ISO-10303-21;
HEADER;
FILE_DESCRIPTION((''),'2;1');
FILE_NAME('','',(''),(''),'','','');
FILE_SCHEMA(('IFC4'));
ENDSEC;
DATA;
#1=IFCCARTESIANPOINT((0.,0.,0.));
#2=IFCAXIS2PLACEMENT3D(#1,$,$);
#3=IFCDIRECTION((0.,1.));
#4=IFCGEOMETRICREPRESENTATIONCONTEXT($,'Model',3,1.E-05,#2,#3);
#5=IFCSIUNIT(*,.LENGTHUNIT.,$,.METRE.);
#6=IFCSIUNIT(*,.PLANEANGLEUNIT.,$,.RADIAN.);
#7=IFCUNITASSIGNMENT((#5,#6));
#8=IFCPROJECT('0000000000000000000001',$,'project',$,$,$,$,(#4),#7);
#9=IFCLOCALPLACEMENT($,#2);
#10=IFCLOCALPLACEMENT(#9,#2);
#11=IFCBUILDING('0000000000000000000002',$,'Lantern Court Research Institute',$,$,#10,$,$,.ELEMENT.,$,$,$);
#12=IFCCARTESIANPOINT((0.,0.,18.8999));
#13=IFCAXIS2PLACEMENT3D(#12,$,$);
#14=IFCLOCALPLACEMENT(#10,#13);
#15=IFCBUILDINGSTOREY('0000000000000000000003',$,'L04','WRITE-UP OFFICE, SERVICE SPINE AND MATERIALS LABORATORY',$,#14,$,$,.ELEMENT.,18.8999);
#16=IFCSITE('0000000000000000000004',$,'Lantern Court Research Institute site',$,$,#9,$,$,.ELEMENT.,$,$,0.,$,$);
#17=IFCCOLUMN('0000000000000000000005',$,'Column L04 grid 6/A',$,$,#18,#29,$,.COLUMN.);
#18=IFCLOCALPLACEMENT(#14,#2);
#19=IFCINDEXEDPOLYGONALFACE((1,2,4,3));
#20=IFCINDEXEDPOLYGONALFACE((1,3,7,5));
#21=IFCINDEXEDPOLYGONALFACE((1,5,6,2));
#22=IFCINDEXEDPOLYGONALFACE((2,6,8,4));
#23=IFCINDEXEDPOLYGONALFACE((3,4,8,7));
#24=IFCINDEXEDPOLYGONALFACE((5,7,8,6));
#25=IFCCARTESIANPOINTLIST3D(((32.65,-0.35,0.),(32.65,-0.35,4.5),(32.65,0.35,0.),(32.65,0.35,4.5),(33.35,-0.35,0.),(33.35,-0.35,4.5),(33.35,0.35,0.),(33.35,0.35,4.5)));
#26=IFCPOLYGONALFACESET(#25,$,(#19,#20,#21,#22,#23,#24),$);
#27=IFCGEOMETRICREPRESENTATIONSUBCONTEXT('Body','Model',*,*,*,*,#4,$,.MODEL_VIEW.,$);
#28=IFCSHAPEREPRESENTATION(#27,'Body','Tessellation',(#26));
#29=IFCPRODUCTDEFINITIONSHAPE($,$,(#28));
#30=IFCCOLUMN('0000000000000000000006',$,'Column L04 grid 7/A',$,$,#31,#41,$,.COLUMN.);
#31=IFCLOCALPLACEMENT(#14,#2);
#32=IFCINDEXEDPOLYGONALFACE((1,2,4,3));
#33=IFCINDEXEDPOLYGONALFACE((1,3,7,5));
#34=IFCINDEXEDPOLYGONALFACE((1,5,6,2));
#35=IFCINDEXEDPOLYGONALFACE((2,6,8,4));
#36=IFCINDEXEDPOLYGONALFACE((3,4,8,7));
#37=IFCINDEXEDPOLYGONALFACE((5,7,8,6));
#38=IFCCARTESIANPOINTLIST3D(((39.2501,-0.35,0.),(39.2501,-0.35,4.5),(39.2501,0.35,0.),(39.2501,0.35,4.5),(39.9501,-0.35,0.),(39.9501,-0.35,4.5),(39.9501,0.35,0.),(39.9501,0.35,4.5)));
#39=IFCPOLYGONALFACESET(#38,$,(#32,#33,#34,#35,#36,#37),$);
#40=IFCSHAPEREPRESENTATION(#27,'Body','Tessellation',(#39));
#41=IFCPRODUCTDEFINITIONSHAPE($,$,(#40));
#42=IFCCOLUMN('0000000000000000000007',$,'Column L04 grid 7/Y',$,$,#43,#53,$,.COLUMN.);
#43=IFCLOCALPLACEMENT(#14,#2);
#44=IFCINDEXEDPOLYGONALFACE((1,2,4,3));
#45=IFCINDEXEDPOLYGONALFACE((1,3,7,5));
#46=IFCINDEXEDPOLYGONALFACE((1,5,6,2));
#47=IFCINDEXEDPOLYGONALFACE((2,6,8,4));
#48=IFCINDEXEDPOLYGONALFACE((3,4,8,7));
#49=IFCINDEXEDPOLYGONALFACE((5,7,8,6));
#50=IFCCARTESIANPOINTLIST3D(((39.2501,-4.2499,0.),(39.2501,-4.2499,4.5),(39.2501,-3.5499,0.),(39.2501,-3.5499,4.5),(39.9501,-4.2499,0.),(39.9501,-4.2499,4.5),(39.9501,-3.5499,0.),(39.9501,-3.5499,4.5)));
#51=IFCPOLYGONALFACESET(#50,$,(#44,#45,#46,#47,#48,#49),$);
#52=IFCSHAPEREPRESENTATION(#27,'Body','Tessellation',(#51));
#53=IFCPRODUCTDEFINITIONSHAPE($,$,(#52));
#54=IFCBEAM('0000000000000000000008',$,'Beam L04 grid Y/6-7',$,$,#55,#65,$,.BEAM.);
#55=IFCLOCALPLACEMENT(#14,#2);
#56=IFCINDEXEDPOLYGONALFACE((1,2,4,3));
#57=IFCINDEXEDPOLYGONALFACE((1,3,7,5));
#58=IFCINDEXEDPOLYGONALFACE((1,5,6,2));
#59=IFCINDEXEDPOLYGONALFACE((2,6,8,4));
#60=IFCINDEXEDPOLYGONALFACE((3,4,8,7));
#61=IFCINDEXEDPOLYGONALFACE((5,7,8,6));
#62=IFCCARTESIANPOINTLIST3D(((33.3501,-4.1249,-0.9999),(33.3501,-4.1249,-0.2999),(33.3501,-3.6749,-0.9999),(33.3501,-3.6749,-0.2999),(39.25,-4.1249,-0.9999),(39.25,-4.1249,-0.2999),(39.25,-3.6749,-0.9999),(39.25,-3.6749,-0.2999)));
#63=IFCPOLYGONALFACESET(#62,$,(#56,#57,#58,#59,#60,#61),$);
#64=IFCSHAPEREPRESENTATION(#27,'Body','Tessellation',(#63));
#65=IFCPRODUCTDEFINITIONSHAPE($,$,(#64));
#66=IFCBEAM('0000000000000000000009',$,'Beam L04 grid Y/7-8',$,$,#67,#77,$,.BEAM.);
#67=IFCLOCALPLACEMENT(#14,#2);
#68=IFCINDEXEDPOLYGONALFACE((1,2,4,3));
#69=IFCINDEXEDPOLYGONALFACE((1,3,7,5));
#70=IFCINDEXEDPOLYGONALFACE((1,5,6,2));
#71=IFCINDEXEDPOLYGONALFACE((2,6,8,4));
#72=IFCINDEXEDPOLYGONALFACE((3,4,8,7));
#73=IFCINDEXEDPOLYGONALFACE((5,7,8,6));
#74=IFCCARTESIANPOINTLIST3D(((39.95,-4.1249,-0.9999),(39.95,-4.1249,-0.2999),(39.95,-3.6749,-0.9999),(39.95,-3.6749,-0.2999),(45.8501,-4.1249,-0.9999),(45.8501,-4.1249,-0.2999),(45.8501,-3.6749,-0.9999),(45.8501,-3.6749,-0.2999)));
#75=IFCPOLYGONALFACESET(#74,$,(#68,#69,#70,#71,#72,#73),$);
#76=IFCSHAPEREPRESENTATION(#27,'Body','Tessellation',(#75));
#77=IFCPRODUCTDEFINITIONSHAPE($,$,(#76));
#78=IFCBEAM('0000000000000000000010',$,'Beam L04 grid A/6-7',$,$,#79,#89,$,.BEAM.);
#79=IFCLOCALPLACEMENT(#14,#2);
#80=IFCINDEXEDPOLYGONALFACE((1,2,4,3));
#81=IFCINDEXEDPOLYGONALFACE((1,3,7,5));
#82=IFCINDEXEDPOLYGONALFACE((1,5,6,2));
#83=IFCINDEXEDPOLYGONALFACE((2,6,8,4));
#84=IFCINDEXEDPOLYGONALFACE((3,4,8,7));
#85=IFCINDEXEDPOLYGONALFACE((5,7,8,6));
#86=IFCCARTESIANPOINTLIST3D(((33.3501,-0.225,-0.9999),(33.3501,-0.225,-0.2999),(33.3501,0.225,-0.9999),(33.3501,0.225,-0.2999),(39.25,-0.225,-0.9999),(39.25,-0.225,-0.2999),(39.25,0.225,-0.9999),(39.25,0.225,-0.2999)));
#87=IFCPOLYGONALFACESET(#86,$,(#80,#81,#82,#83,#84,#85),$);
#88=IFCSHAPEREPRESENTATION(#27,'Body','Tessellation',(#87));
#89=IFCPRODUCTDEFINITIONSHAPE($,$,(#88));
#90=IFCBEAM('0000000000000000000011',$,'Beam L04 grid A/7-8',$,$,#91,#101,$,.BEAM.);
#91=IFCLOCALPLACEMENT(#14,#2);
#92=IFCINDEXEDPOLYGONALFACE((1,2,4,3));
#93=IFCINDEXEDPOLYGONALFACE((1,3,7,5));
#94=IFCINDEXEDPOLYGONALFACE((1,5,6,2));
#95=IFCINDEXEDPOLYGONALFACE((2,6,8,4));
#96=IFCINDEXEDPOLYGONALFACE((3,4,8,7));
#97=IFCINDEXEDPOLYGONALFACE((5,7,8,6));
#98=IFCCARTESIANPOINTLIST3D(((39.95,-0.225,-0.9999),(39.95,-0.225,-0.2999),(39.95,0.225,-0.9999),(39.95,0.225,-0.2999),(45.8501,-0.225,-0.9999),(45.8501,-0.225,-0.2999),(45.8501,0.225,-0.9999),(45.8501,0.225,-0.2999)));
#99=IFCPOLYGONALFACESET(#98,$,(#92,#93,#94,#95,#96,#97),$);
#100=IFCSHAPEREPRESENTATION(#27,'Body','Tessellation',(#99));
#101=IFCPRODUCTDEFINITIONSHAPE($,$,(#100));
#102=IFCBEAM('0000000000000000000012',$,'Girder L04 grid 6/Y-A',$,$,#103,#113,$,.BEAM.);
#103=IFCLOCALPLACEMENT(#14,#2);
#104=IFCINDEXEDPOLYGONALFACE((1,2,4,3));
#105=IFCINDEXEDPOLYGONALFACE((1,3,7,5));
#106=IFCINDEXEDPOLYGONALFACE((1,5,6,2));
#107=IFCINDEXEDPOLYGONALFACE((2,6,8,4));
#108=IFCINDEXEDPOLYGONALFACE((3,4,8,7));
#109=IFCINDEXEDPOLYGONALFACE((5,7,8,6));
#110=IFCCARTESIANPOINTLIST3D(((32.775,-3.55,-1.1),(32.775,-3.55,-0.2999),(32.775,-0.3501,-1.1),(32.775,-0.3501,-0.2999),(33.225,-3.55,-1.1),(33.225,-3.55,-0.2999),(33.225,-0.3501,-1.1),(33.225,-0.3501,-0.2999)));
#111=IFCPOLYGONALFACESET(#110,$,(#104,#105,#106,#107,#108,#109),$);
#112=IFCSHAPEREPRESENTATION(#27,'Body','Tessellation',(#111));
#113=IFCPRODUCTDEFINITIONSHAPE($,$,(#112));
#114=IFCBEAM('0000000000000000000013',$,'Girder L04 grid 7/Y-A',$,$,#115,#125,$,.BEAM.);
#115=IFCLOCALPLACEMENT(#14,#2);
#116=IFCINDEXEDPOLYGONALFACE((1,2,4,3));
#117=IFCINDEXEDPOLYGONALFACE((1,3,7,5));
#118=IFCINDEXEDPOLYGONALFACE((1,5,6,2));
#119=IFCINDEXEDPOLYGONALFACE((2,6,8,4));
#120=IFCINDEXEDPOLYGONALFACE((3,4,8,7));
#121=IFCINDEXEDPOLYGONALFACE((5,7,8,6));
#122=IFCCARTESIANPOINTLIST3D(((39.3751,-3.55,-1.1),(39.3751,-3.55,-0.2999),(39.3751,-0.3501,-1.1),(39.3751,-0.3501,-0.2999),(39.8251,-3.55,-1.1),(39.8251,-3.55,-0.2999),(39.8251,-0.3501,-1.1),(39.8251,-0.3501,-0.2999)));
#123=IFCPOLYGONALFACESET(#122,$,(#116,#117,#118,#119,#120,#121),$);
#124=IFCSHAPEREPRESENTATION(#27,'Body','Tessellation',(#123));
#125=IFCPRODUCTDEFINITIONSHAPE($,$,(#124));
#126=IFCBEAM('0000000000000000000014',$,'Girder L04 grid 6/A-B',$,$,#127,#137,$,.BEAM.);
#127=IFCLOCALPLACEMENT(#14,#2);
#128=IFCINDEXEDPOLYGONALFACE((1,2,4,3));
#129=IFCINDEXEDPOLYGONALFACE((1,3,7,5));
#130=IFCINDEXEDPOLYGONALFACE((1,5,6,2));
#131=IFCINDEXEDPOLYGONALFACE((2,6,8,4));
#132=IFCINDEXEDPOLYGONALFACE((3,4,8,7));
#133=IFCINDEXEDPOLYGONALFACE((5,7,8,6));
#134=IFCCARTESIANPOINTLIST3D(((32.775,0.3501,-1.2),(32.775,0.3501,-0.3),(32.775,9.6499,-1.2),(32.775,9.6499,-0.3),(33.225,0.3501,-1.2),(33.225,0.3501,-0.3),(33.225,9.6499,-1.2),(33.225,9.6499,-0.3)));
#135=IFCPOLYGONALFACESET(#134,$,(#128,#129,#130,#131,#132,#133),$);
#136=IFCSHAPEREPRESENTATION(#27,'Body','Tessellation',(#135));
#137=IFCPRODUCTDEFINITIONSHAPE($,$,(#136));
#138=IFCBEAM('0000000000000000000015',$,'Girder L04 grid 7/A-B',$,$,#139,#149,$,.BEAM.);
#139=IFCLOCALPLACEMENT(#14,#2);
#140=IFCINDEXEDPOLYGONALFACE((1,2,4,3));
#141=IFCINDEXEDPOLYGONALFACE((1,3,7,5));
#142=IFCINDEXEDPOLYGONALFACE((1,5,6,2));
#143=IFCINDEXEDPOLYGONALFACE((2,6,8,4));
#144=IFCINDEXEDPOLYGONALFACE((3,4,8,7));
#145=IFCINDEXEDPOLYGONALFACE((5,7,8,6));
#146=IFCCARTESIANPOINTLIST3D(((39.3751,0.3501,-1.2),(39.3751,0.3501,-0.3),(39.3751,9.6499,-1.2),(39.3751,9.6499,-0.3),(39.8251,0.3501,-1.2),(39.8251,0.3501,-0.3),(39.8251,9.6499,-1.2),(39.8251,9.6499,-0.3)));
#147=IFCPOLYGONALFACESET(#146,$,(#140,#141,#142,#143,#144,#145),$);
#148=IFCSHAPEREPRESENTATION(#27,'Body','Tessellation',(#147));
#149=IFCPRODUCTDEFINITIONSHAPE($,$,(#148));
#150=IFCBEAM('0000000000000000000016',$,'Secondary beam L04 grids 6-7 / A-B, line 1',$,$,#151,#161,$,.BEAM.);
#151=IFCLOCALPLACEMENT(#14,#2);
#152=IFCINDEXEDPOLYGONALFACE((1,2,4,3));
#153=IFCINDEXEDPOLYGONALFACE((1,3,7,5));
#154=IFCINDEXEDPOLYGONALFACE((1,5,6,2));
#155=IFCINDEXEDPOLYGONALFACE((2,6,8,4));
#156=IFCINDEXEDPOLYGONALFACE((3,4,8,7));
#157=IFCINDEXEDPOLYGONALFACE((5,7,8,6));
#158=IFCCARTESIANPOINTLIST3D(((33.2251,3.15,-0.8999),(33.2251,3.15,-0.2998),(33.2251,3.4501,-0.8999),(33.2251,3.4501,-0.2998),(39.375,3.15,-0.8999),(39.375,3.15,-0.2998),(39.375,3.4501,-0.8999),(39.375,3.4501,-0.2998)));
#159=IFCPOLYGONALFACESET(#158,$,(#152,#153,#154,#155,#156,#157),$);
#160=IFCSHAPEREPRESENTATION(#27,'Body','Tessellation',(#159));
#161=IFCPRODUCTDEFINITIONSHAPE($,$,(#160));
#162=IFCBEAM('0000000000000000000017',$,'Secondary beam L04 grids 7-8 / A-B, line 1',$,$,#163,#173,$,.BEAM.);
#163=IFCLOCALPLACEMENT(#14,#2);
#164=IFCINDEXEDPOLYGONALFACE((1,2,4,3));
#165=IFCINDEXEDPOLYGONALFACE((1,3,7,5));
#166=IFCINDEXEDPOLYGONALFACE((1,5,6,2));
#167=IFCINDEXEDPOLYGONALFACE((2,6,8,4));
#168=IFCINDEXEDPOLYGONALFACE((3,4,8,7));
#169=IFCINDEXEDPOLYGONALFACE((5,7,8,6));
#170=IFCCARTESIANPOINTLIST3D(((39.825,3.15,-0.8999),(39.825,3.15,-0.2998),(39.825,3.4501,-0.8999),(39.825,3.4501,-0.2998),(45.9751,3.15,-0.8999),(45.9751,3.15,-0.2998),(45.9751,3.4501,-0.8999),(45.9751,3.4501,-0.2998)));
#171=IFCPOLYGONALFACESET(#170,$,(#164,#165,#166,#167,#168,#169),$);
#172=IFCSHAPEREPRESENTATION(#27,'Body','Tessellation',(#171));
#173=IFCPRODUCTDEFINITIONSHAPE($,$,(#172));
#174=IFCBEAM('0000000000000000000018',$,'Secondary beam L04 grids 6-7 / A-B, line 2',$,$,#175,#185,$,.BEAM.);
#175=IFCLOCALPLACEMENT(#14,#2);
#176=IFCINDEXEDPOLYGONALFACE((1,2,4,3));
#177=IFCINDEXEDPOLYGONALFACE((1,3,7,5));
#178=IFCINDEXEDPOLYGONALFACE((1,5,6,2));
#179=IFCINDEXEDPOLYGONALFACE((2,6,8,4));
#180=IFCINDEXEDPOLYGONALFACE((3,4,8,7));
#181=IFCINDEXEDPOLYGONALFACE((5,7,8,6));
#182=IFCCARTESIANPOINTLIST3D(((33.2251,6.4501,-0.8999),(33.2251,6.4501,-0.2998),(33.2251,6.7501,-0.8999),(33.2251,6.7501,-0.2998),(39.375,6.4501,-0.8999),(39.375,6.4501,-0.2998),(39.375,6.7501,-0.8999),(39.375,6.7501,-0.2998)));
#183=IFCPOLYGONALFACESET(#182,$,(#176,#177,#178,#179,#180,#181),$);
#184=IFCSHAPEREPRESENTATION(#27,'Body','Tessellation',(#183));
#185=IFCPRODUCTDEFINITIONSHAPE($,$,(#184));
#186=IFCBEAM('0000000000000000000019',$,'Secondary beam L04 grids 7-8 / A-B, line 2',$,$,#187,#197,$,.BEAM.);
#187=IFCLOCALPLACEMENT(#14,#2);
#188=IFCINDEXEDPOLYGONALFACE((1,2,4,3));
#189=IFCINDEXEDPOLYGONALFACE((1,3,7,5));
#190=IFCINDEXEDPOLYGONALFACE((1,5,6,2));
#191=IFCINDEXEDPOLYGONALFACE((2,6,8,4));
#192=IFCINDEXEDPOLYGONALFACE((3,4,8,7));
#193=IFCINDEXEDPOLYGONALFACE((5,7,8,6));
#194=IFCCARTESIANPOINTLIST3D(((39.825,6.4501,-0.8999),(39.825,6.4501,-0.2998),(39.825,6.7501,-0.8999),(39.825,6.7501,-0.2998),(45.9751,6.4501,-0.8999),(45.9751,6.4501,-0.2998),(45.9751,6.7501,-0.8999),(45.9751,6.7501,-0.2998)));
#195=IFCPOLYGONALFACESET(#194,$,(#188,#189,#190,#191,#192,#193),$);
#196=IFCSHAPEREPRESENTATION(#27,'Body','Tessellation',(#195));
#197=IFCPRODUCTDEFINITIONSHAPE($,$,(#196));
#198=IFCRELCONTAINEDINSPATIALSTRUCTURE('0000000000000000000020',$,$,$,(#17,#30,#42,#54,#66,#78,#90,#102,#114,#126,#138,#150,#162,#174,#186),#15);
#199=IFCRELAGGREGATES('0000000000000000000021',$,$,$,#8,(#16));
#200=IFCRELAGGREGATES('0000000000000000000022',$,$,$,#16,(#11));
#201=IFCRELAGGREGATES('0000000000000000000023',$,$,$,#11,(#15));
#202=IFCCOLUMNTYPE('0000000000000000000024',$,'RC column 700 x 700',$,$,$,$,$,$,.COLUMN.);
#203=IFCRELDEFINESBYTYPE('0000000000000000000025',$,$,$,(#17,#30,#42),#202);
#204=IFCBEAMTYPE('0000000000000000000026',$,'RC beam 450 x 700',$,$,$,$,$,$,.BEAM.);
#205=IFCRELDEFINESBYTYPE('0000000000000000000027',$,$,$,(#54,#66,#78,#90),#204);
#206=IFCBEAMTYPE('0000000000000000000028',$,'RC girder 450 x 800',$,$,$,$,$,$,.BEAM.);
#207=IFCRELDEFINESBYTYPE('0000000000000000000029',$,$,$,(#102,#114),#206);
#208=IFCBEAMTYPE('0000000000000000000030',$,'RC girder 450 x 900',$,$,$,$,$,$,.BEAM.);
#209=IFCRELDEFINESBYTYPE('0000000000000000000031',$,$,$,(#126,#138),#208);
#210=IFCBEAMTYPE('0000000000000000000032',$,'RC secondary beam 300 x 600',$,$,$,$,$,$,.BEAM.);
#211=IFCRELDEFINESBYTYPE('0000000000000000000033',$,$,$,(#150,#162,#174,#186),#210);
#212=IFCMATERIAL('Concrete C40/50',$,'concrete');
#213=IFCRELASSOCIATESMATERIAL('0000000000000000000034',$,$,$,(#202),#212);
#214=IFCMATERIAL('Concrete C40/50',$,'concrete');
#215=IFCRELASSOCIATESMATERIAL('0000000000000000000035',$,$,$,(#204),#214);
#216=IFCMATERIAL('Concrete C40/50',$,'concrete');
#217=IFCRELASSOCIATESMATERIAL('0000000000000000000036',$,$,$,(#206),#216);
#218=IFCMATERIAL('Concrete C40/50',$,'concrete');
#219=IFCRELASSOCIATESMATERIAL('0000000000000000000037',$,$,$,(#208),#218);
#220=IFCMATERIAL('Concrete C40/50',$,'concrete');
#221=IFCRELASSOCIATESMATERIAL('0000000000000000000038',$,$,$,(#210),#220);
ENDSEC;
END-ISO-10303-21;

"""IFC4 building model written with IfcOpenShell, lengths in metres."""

from ifc_helpers import new_model, si_unit, direction, frame, origin, origin_2d, place, context, subcontext, project, spatial, rectangle, extrude, material, material_profile, profile_set, type_object, element, save


model = new_model("IFC4")

# Units and contexts
model_context = context("Model", 3, precision=1e-05, world=origin(), true_north=direction((0.0, 1.0)))
body_context = subcontext(model_context, "Body", "Model", "MODEL_VIEW")
ifc_project = project(units=[si_unit("LENGTHUNIT", "METRE"), si_unit("PLANEANGLEUNIT", "RADIAN")], contexts=[model_context])

# Site, building, storey
site_placement = place(None, origin())
site = spatial("IfcSite", under=ifc_project, at=site_placement, Name="Lantern Court Research Institute site", CompositionType="ELEMENT", RefElevation=0.0)
building_placement = place(site_placement, origin())
building = spatial("IfcBuilding", under=site, at=building_placement, Name="Lantern Court Research Institute", CompositionType="ELEMENT")
storey_placement = place(building_placement, frame((0.0, 0.0, 18.8999)))
storey = spatial("IfcBuildingStorey", under=building, at=storey_placement, Name="L04", Description="WRITE-UP OFFICE, SERVICE SPINE AND MATERIALS LABORATORY", CompositionType="ELEMENT", Elevation=18.8999)

# Columns
ifc_material_1 = material(Name="Concrete C40/50", Category="concrete")
ifc_material_profile_1 = material_profile(ifc_material_1, rectangle(XDim=0.7, YDim=0.7, at=origin_2d()), Name="RC column 700 x 700")
ifc_profile_set_1 = profile_set([ifc_material_profile_1], Name="Concrete C40/50")
column_type = type_object("IfcColumnType", Name="RC column 700 x 700", PredefinedType="COLUMN", material=ifc_profile_set_1)
for number, where, z_axis, x_axis, name in (
    (1, (33.0, 0.0, 0.0), (0.0, 0.0, 1.0), (1.0, 0.0, 0.0), "Column L04 grid 6/A"),
    (2, (39.6001, 0.0, 0.0), (0.0, 0.0, 1.0), (1.0, 0.0, 0.0), "Column L04 grid 7/A"),
    (3, (39.6001, -3.8999, 0.0), (0.0, 0.0, 1.0), (1.0, 0.0, 0.0), "Column L04 grid 7/Y"),
):
    element("IfcColumn", number, at=place(storey_placement, frame(where, z_axis=z_axis, x_axis=x_axis)), inside=storey, type_object=column_type, Name=name, PredefinedType="COLUMN", context=body_context, shape_type="SweptSolid", body=[
        extrude(rectangle(XDim=0.7, YDim=0.7, at=origin_2d()), origin(), (0.0, 0.0, 1.0), 4.5),
    ])

# Beams
ifc_material_2 = material(Name="Concrete C40/50", Category="concrete")
ifc_material_profile_2 = material_profile(ifc_material_2, rectangle(XDim=0.45, YDim=0.7, at=origin_2d()), Name="RC beam 450 x 700")
ifc_profile_set_2 = profile_set([ifc_material_profile_2], Name="Concrete C40/50")
beam_type_1 = type_object("IfcBeamType", Name="RC beam 450 x 700", PredefinedType="BEAM", material=ifc_profile_set_2)
beam_1_placement = place(storey_placement, frame((33.3501, -3.8999, -0.6499), z_axis=(1.0, 0.0, 0.0), x_axis=(0.0, 1.0, 0.0)))
element("IfcBeam", 4, at=beam_1_placement, inside=storey, type_object=beam_type_1, Name="Beam L04 grid Y/6-7", PredefinedType="BEAM", context=body_context, shape_type="SweptSolid", body=[
    extrude(rectangle(XDim=0.45, YDim=0.7, at=origin_2d()), origin(), (0.0, 0.0, 1.0), 5.8999),
])
beam_2_placement = place(storey_placement, frame((39.95, -3.8999, -0.6499), z_axis=(1.0, 0.0, 0.0), x_axis=(0.0, 1.0, 0.0)))
element("IfcBeam", 5, at=beam_2_placement, inside=storey, type_object=beam_type_1, Name="Beam L04 grid Y/7-8", PredefinedType="BEAM", context=body_context, shape_type="SweptSolid", body=[
    extrude(rectangle(XDim=0.45, YDim=0.7, at=origin_2d()), origin(), (0.0, 0.0, 1.0), 5.9001),
])
beam_3_placement = place(storey_placement, frame((33.3501, 0.0, -0.6499), z_axis=(1.0, 0.0, 0.0), x_axis=(0.0, 1.0, 0.0)))
element("IfcBeam", 6, at=beam_3_placement, inside=storey, type_object=beam_type_1, Name="Beam L04 grid A/6-7", PredefinedType="BEAM", context=body_context, shape_type="SweptSolid", body=[
    extrude(rectangle(XDim=0.45, YDim=0.7, at=origin_2d()), origin(), (0.0, 0.0, 1.0), 5.8999),
])
beam_4_placement = place(storey_placement, frame((39.95, 0.0, -0.6499), z_axis=(1.0, 0.0, 0.0), x_axis=(0.0, 1.0, 0.0)))
element("IfcBeam", 7, at=beam_4_placement, inside=storey, type_object=beam_type_1, Name="Beam L04 grid A/7-8", PredefinedType="BEAM", context=body_context, shape_type="SweptSolid", body=[
    extrude(rectangle(XDim=0.45, YDim=0.7, at=origin_2d()), origin(), (0.0, 0.0, 1.0), 5.9001),
])
ifc_material_3 = material(Name="Concrete C40/50", Category="concrete")
ifc_material_profile_3 = material_profile(ifc_material_3, rectangle(XDim=0.45, YDim=0.8, at=origin_2d()), Name="RC beam 450 x 800")
ifc_profile_set_3 = profile_set([ifc_material_profile_3], Name="Concrete C40/50")
beam_type_2 = type_object("IfcBeamType", Name="RC girder 450 x 800", PredefinedType="BEAM", material=ifc_profile_set_3)
for number, where, z_axis, x_axis, name in (
    (8, (33.0, -3.55, -0.7), (0.0, 1.0, 0.0), (-1.0, 0.0, 0.0), "Girder L04 grid 6/Y-A"),
    (9, (39.6001, -3.55, -0.7), (0.0, 1.0, 0.0), (-1.0, 0.0, 0.0), "Girder L04 grid 7/Y-A"),
):
    element("IfcBeam", number, at=place(storey_placement, frame(where, z_axis=z_axis, x_axis=x_axis)), inside=storey, type_object=beam_type_2, Name=name, PredefinedType="BEAM", context=body_context, shape_type="SweptSolid", body=[
        extrude(rectangle(XDim=0.45, YDim=0.8, at=origin_2d()), origin(), (0.0, 0.0, 1.0), 3.2),
    ])
ifc_material_4 = material(Name="Concrete C40/50", Category="concrete")
ifc_material_profile_4 = material_profile(ifc_material_4, rectangle(XDim=0.45, YDim=0.8999, at=origin_2d()), Name="RC beam 450 x 900")
ifc_profile_set_4 = profile_set([ifc_material_profile_4], Name="Concrete C40/50")
beam_type_3 = type_object("IfcBeamType", Name="RC girder 450 x 900", PredefinedType="BEAM", material=ifc_profile_set_4)
for number, where, z_axis, x_axis, name in (
    (10, (33.0, 0.3501, -0.75), (0.0, 1.0, 0.0), (-1.0, 0.0, 0.0), "Girder L04 grid 6/A-B"),
    (11, (39.6001, 0.3501, -0.75), (0.0, 1.0, 0.0), (-1.0, 0.0, 0.0), "Girder L04 grid 7/A-B"),
):
    element("IfcBeam", number, at=place(storey_placement, frame(where, z_axis=z_axis, x_axis=x_axis)), inside=storey, type_object=beam_type_3, Name=name, PredefinedType="BEAM", context=body_context, shape_type="SweptSolid", body=[
        extrude(rectangle(XDim=0.45, YDim=0.8999, at=origin_2d()), origin(), (0.0, 0.0, 1.0), 9.2998),
    ])
ifc_material_5 = material(Name="Concrete C40/50", Category="concrete")
ifc_material_profile_5 = material_profile(ifc_material_5, rectangle(XDim=0.3, YDim=0.6001, at=origin_2d()), Name="RC beam 300 x 600")
ifc_profile_set_5 = profile_set([ifc_material_profile_5], Name="Concrete C40/50")
beam_type_4 = type_object("IfcBeamType", Name="RC secondary beam 300 x 600", PredefinedType="BEAM", material=ifc_profile_set_5)
beam_5_placement = place(storey_placement, frame((33.2251, 3.3, -0.5999), z_axis=(1.0, 0.0, 0.0), x_axis=(0.0, 1.0, 0.0)))
element("IfcBeam", 12, at=beam_5_placement, inside=storey, type_object=beam_type_4, Name="Secondary beam L04 grids 6-7 / A-B, line 1", PredefinedType="BEAM", context=body_context, shape_type="SweptSolid", body=[
    extrude(rectangle(XDim=0.3, YDim=0.6001, at=origin_2d()), origin(), (0.0, 0.0, 1.0), 6.1499),
])
beam_6_placement = place(storey_placement, frame((39.825, 3.3, -0.5999), z_axis=(1.0, 0.0, 0.0), x_axis=(0.0, 1.0, 0.0)))
element("IfcBeam", 13, at=beam_6_placement, inside=storey, type_object=beam_type_4, Name="Secondary beam L04 grids 7-8 / A-B, line 1", PredefinedType="BEAM", context=body_context, shape_type="SweptSolid", body=[
    extrude(rectangle(XDim=0.3, YDim=0.6001, at=origin_2d()), origin(), (0.0, 0.0, 1.0), 6.1501),
])
beam_7_placement = place(storey_placement, frame((33.2251, 6.6001, -0.5999), z_axis=(1.0, 0.0, 0.0), x_axis=(0.0, 1.0, 0.0)))
element("IfcBeam", 14, at=beam_7_placement, inside=storey, type_object=beam_type_4, Name="Secondary beam L04 grids 6-7 / A-B, line 2", PredefinedType="BEAM", context=body_context, shape_type="SweptSolid", body=[
    extrude(rectangle(XDim=0.3, YDim=0.6001, at=origin_2d()), origin(), (0.0, 0.0, 1.0), 6.1499),
])
beam_8_placement = place(storey_placement, frame((39.825, 6.6001, -0.5999), z_axis=(1.0, 0.0, 0.0), x_axis=(0.0, 1.0, 0.0)))
element("IfcBeam", 15, at=beam_8_placement, inside=storey, type_object=beam_type_4, Name="Secondary beam L04 grids 7-8 / A-B, line 2", PredefinedType="BEAM", context=body_context, shape_type="SweptSolid", body=[
    extrude(rectangle(XDim=0.3, YDim=0.6001, at=origin_2d()), origin(), (0.0, 0.0, 1.0), 6.1501),
])

save(model, "model.ifc")
